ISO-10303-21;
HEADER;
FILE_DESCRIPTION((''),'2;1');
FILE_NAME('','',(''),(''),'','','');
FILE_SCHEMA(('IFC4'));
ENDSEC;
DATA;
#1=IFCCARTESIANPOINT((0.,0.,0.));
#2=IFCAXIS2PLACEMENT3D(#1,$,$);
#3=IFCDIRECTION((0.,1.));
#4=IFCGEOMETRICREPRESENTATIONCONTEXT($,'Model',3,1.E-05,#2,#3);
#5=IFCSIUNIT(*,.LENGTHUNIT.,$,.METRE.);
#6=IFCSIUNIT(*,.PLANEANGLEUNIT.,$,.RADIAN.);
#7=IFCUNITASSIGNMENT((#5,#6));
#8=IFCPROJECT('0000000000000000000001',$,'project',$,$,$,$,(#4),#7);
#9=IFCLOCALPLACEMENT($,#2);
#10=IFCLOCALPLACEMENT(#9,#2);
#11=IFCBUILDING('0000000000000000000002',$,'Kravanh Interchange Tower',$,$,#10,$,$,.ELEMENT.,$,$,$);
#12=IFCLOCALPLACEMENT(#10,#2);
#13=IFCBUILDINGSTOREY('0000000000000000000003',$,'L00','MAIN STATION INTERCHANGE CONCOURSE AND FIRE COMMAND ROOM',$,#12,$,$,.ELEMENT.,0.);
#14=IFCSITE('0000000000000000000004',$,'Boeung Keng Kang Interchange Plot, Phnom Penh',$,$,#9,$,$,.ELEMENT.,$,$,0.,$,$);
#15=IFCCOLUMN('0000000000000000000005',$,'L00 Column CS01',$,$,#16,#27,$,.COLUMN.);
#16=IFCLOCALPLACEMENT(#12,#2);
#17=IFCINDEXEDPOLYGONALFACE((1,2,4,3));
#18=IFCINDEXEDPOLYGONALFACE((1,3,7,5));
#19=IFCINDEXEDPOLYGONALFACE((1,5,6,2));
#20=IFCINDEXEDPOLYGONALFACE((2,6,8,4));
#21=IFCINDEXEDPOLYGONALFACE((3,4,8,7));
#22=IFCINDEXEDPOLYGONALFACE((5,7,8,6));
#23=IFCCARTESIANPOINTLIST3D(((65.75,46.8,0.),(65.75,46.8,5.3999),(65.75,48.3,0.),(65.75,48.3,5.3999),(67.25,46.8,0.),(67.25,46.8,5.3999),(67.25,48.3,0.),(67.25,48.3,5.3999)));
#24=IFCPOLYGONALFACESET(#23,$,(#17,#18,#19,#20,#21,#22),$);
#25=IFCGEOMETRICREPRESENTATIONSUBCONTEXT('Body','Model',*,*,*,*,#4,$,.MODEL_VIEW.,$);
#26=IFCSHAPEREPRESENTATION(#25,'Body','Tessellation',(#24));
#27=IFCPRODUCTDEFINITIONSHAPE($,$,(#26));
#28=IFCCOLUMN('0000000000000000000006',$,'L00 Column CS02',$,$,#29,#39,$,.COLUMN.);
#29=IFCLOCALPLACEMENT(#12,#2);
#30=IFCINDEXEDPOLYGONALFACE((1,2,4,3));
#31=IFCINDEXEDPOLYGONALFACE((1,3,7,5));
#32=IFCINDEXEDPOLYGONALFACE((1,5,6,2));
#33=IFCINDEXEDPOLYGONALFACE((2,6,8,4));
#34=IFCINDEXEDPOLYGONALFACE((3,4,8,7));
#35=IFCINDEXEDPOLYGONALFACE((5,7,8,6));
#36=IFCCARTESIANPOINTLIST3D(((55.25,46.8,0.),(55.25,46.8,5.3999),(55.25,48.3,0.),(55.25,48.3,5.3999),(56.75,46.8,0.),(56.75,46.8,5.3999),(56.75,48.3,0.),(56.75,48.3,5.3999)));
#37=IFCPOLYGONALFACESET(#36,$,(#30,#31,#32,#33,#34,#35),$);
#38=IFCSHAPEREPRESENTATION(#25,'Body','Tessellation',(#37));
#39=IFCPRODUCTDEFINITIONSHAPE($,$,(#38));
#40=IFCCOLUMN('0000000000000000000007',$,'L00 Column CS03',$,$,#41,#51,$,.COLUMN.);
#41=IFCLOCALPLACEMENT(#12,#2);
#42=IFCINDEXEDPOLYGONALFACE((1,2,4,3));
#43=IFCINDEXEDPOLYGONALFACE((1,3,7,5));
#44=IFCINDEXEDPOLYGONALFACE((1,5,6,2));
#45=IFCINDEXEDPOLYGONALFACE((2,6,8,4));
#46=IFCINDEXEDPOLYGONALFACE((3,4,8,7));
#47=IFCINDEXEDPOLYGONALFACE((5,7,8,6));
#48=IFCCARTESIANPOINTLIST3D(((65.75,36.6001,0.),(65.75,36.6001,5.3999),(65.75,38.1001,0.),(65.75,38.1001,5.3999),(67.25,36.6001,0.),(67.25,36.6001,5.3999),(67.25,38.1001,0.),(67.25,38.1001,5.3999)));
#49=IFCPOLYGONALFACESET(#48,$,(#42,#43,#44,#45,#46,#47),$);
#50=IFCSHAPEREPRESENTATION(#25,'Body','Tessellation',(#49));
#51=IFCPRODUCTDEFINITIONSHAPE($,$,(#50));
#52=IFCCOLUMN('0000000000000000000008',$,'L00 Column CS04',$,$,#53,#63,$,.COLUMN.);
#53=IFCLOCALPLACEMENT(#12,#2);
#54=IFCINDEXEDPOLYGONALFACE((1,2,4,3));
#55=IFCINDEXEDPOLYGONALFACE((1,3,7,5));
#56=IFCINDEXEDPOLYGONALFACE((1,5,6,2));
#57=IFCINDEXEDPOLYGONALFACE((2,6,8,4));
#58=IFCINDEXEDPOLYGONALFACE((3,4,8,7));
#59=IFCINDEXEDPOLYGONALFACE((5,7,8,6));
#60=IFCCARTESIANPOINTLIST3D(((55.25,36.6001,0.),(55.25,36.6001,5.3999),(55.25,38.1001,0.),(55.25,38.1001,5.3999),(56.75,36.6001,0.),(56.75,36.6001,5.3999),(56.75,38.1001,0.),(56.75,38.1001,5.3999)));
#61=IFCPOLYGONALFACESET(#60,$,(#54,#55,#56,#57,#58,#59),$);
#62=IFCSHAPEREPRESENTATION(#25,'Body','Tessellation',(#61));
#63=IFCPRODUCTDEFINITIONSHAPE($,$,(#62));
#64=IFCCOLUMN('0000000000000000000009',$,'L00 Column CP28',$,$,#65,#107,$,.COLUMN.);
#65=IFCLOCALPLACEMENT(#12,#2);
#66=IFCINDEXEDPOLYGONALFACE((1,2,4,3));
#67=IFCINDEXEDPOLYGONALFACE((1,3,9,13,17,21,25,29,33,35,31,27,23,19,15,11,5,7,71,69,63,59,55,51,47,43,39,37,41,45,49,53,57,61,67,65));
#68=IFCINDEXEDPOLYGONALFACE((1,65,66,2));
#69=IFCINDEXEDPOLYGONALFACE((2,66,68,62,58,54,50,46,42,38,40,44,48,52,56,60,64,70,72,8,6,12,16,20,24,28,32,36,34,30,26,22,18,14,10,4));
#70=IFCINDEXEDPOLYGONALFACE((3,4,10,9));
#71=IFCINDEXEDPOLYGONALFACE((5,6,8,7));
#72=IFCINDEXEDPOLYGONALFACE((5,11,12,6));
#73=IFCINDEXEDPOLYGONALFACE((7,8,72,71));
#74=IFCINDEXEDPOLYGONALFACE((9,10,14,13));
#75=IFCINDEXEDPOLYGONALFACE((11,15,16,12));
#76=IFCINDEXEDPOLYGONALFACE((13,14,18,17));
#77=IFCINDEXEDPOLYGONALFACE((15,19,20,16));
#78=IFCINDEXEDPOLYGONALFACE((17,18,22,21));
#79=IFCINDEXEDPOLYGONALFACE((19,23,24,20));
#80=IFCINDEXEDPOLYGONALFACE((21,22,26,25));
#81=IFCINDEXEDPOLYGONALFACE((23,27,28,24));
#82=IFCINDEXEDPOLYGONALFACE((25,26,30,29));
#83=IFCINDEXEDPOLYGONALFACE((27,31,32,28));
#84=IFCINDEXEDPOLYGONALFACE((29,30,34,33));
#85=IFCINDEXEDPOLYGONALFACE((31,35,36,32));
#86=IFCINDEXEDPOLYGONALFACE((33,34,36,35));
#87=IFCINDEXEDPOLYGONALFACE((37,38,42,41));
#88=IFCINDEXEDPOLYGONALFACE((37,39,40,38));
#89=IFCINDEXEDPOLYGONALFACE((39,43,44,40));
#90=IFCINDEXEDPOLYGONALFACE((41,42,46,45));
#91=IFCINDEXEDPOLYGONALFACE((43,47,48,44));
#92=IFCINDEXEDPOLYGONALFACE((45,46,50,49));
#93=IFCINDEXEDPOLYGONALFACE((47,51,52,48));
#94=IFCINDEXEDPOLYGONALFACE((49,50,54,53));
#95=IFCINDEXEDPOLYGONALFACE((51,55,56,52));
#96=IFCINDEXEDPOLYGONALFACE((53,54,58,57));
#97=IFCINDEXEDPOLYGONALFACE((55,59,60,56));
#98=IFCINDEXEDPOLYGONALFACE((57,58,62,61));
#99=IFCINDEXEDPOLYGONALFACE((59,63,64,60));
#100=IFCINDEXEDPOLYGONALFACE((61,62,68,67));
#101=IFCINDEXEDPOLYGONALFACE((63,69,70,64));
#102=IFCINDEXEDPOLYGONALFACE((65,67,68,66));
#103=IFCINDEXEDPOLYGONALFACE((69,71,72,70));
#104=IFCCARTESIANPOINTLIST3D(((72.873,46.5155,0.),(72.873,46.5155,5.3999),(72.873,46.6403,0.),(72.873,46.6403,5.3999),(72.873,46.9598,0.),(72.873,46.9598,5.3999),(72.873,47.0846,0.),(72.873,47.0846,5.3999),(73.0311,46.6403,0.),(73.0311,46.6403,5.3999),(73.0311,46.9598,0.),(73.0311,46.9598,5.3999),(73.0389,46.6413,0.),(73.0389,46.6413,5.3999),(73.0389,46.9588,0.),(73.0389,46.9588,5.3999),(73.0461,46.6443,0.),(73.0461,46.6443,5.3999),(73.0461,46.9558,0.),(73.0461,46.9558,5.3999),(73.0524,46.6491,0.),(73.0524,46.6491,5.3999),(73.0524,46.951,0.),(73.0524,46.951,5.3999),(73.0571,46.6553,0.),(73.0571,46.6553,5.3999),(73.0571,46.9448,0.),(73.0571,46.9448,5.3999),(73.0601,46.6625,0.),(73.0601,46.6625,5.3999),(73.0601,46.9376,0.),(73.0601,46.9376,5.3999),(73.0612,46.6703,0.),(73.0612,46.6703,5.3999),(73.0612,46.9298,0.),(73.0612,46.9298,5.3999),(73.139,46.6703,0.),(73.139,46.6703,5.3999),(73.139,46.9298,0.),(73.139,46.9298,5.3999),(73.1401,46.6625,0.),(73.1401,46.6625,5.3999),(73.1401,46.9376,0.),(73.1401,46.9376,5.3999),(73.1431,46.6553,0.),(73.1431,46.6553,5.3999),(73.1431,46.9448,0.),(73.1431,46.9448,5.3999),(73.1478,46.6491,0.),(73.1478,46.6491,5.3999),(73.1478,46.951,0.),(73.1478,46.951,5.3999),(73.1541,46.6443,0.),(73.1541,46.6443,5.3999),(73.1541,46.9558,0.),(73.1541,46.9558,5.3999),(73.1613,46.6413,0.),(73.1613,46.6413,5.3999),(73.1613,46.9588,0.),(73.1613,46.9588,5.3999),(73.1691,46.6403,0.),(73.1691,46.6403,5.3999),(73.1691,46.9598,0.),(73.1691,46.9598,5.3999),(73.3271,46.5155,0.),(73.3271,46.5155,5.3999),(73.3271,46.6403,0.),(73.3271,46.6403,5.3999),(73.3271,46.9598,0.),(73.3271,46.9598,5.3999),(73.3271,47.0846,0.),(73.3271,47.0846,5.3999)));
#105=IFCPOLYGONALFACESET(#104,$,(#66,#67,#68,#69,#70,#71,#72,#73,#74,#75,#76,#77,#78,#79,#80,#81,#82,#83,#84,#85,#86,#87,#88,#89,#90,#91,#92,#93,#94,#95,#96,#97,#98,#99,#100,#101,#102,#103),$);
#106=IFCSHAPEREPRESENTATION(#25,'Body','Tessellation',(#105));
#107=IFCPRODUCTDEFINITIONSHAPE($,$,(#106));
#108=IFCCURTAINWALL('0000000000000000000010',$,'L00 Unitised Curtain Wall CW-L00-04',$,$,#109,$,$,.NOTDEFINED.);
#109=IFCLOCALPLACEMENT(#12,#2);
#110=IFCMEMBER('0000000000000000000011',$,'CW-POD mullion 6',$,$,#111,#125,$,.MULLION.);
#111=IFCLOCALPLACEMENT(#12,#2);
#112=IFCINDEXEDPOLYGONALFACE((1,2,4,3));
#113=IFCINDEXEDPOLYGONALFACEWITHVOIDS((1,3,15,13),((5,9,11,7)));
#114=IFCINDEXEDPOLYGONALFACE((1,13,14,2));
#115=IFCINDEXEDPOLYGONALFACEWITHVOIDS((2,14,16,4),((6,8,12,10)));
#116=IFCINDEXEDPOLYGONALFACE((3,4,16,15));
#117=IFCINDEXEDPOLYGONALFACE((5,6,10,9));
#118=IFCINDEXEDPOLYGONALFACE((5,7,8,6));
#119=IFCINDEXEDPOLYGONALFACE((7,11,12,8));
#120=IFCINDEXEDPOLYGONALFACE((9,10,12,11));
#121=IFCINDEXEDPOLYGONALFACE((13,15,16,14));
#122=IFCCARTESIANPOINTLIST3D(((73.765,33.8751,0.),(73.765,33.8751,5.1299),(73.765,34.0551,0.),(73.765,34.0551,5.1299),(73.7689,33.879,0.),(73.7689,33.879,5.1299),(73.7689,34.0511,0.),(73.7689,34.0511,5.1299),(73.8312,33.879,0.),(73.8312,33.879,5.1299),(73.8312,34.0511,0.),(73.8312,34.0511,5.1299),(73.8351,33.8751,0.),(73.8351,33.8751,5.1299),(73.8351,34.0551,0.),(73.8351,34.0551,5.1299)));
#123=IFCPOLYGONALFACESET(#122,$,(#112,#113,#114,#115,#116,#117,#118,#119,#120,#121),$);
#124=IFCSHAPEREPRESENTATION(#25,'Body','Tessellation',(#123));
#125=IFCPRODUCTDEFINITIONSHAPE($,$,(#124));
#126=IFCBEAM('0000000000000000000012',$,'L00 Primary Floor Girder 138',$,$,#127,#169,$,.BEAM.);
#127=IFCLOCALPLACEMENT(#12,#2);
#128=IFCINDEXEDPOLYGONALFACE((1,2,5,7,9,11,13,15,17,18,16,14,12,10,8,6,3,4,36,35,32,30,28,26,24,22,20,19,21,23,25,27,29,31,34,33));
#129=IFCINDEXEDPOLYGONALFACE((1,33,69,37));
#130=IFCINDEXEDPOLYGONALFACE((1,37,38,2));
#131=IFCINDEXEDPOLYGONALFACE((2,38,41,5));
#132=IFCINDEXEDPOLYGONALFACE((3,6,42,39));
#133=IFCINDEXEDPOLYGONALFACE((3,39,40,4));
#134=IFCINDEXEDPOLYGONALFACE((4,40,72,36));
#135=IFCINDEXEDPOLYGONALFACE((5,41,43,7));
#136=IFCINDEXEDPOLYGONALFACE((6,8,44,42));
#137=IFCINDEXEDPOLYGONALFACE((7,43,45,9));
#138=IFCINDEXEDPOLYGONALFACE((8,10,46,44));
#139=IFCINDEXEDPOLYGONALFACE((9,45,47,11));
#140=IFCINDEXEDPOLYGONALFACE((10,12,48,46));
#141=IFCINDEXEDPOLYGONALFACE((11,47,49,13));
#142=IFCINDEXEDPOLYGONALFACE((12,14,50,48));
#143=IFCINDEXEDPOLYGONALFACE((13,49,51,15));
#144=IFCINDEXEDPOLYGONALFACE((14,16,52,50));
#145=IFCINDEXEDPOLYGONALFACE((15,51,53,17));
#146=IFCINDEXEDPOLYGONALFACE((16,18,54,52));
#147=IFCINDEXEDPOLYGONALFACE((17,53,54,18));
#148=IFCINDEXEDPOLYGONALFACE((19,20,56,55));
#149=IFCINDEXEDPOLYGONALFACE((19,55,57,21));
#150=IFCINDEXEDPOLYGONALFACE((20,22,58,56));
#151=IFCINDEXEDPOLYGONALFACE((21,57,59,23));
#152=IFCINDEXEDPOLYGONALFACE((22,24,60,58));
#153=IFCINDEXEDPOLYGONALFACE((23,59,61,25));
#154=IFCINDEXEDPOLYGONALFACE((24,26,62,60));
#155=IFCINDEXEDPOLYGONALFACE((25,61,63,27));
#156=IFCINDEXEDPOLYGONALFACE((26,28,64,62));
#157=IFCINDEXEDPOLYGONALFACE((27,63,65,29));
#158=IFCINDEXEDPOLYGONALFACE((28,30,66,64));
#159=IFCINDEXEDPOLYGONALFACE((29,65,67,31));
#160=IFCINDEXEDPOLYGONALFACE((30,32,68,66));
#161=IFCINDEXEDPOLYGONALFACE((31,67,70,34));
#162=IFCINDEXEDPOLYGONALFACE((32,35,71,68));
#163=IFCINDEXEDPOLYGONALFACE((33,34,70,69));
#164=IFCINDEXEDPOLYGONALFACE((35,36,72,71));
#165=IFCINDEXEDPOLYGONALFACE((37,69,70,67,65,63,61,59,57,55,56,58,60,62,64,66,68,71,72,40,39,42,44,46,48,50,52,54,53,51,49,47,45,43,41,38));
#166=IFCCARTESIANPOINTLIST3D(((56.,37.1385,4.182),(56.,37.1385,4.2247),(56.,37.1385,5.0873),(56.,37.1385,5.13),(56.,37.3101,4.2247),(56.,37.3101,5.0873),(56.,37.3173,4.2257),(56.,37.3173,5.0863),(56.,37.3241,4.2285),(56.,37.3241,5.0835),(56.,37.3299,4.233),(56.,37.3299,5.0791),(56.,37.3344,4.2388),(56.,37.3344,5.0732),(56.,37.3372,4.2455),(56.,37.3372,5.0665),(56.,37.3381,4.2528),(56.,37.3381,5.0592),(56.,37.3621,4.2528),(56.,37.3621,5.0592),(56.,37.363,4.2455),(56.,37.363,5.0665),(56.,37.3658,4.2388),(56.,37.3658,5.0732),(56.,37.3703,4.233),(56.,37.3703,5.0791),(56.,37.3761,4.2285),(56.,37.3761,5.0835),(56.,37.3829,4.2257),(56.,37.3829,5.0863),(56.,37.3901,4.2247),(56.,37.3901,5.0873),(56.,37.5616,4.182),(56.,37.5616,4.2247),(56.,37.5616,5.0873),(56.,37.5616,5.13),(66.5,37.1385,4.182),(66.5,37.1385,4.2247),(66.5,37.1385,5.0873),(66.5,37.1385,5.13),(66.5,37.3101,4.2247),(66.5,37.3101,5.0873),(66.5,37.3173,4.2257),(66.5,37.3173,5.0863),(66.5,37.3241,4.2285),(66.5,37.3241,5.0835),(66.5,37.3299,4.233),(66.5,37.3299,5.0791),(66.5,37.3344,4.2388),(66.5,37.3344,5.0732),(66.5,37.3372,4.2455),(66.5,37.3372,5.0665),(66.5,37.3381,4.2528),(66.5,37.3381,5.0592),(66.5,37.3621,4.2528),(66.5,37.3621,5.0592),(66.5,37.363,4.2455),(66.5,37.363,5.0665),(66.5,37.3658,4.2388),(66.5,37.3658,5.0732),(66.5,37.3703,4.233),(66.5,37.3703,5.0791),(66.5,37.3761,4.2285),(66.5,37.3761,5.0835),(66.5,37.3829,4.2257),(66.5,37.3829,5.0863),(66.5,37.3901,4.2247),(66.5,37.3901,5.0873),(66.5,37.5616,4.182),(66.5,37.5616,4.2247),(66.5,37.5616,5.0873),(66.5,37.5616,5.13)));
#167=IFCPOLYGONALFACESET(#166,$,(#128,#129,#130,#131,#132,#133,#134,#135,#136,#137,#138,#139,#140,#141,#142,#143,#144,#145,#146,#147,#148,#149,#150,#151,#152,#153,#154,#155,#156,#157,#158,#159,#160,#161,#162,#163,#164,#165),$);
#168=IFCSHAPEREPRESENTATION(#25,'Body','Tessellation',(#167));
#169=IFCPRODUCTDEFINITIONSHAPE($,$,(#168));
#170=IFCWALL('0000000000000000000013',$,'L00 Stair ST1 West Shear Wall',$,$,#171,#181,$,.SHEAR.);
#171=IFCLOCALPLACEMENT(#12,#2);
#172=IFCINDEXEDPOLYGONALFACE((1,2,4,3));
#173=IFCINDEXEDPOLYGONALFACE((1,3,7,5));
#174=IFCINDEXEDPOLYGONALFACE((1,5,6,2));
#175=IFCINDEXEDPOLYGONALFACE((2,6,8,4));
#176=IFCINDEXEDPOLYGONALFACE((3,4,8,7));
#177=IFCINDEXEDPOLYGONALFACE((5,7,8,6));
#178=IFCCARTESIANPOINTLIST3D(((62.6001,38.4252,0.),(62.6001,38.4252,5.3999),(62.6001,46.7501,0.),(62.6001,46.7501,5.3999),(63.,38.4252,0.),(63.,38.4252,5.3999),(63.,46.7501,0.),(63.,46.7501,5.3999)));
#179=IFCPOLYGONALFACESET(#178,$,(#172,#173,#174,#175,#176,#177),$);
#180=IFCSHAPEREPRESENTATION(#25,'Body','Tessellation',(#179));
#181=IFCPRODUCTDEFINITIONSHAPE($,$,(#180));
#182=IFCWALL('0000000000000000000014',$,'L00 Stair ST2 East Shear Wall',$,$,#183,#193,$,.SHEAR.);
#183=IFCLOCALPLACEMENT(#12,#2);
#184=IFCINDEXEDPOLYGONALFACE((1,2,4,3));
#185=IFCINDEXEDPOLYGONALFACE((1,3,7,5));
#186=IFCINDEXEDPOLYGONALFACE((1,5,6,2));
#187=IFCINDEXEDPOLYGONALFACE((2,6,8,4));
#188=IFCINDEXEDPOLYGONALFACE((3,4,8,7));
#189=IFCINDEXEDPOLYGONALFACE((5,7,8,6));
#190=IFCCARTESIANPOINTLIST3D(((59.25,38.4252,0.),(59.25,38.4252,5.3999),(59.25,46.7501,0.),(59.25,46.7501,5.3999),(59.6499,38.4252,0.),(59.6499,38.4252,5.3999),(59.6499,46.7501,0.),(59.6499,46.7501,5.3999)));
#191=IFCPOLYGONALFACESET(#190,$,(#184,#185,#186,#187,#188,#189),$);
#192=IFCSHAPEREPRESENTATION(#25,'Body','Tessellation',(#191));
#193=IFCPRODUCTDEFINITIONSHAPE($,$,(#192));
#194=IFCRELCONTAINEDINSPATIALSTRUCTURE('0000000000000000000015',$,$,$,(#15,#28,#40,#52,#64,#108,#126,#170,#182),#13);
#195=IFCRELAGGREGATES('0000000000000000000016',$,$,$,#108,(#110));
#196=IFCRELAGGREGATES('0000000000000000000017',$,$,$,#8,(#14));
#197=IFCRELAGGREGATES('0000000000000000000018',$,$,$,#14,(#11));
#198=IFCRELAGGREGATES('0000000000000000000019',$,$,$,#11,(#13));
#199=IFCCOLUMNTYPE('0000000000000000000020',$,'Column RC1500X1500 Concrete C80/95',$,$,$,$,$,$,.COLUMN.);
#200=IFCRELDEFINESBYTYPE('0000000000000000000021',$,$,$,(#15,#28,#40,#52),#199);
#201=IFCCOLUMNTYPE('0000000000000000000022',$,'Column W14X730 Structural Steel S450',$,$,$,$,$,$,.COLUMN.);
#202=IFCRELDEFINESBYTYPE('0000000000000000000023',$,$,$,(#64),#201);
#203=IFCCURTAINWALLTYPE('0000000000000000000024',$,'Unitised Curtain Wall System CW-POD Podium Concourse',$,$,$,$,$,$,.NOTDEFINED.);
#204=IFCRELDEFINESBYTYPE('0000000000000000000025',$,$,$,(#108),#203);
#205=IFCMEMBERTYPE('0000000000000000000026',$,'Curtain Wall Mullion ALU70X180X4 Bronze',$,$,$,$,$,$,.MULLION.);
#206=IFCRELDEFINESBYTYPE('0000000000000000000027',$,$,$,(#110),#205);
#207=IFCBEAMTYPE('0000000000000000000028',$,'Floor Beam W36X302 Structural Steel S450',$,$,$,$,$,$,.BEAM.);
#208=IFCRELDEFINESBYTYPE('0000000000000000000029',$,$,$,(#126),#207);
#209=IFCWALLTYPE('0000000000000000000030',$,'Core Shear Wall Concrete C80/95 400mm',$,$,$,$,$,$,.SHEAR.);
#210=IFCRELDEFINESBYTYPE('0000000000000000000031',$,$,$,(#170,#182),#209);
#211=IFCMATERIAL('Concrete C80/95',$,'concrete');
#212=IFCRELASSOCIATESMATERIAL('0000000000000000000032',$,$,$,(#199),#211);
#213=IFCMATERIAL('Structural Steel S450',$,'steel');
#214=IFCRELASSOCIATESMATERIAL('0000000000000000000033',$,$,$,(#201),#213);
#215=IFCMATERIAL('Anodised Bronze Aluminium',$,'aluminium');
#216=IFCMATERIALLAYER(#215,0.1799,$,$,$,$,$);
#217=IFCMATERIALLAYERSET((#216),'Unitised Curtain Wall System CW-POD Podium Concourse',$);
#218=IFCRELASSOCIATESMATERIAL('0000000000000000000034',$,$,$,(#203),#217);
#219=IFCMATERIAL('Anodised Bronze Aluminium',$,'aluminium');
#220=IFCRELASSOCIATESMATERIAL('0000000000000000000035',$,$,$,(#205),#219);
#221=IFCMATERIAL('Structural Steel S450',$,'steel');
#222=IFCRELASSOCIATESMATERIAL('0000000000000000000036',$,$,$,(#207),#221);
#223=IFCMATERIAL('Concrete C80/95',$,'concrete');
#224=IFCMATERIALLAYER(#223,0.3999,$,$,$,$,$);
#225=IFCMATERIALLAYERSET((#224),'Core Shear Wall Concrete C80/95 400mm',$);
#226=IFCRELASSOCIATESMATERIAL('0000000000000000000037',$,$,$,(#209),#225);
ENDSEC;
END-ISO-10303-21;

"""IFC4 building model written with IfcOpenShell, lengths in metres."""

from ifc_helpers import new_model, si_unit, direction, frame, frame_2d, origin, origin_2d, place, context, subcontext, project, spatial, rectangle, hollow_rectangle, i_section, extrude, material, layer, layer_set, material_profile, profile_set, type_object, element, aggregate, save


model = new_model("IFC4")

# Units and contexts
model_context = context("Model", 3, precision=1e-05, world=origin(), true_north=direction((0.0, 1.0)))
body_context = subcontext(model_context, "Body", "Model", "MODEL_VIEW")
ifc_project = project(units=[si_unit("LENGTHUNIT", "METRE"), si_unit("PLANEANGLEUNIT", "RADIAN")], contexts=[model_context])

# Site, building, storey
site_placement = place(None, origin())
site = spatial("IfcSite", under=ifc_project, at=site_placement, Name="Boeung Keng Kang Interchange Plot, Phnom Penh", CompositionType="ELEMENT", RefElevation=0.0)
building_placement = place(site_placement, origin())
building = spatial("IfcBuilding", under=site, at=building_placement, Name="Kravanh Interchange Tower", CompositionType="ELEMENT")
storey_placement = place(building_placement, origin())
storey = spatial("IfcBuildingStorey", under=building, at=storey_placement, Name="L00", Description="MAIN STATION INTERCHANGE CONCOURSE AND FIRE COMMAND ROOM", CompositionType="ELEMENT", Elevation=0.0)

# Columns
ifc_material_1 = material(Name="Concrete C80/95", Category="concrete")
ifc_material_profile_1 = material_profile(ifc_material_1, rectangle(XDim=1.5, YDim=1.5, at=origin_2d()), Name="RC1500X1500")
ifc_profile_set_1 = profile_set([ifc_material_profile_1], Name="Concrete C80/95")
column_type_1 = type_object("IfcColumnType", Name="Column RC1500X1500 Concrete C80/95", PredefinedType="COLUMN", material=ifc_profile_set_1)
for number, where, z_axis, x_axis, name in (
    (1, (66.5, 47.55, 0.0), (0.0, 0.0, 1.0), (1.0, 0.0, 0.0), "L00 Column CS01"),
    (2, (56.0, 47.55, 0.0), (0.0, 0.0, 1.0), (1.0, 0.0, 0.0), "L00 Column CS02"),
    (3, (66.5, 37.3501, 0.0), (0.0, 0.0, 1.0), (1.0, 0.0, 0.0), "L00 Column CS03"),
    (4, (56.0, 37.3501, 0.0), (0.0, 0.0, 1.0), (1.0, 0.0, 0.0), "L00 Column CS04"),
):
    element("IfcColumn", number, at=place(storey_placement, frame(where, z_axis=z_axis, x_axis=x_axis)), inside=storey, type_object=column_type_1, Name=name, PredefinedType="COLUMN", context=body_context, shape_type="SweptSolid", body=[
        extrude(rectangle(XDim=1.5, YDim=1.5, at=origin_2d()), origin(), (0.0, 0.0, 1.0), 5.3999),
    ])
ifc_material_2 = material(Name="Structural Steel S450", Category="steel")
ifc_material_profile_2 = material_profile(ifc_material_2, i_section(OverallWidth=0.4541, OverallDepth=0.5691, WebThickness=0.0779, FlangeThickness=0.1248, FilletRadius=0.03, at=origin_2d()), Name="W14X730")
ifc_profile_set_2 = profile_set([ifc_material_profile_2], Name="Structural Steel S450")
column_type_2 = type_object("IfcColumnType", Name="Column W14X730 Structural Steel S450", PredefinedType="COLUMN", material=ifc_profile_set_2)
column_placement = place(storey_placement, frame((73.1001, 46.8, 0.0), z_axis=(0.0, 0.0, 1.0), x_axis=(1.0, 0.0, 0.0)))
element("IfcColumn", 5, at=column_placement, inside=storey, type_object=column_type_2, Name="L00 Column CP28", PredefinedType="COLUMN", context=body_context, shape_type="SweptSolid", body=[
    extrude(i_section(OverallWidth=0.4541, OverallDepth=0.5691, WebThickness=0.0779, FlangeThickness=0.1248, FilletRadius=0.03, at=origin_2d()), origin(), (0.0, 0.0, 1.0), 5.3999),
])

# Curtain wall, member
ifc_material_3 = material(Name="Anodised Bronze Aluminium", Category="aluminium")
ifc_layer_1 = layer(ifc_material_3, 0.1799)
ifc_layer_set_1 = layer_set([ifc_layer_1], Name="Unitised Curtain Wall System CW-POD Podium Concourse")
curtain_wall_type = type_object("IfcCurtainWallType", Name="Unitised Curtain Wall System CW-POD Podium Concourse", PredefinedType="NOTDEFINED", material=ifc_layer_set_1)
curtain_wall_placement = place(storey_placement, origin())
curtain_wall = element("IfcCurtainWall", 6, at=curtain_wall_placement, inside=storey, type_object=curtain_wall_type, Name="L00 Unitised Curtain Wall CW-L00-04", PredefinedType="NOTDEFINED")
ifc_material_4 = material(Name="Anodised Bronze Aluminium", Category="aluminium")
ifc_material_profile_3 = material_profile(ifc_material_4, hollow_rectangle(XDim=0.0701, YDim=0.1799, WallThickness=0.0039, at=origin_2d()), Name="ALU70X180X4")
ifc_profile_set_3 = profile_set([ifc_material_profile_3], Name="Anodised Bronze Aluminium")
member_type = type_object("IfcMemberType", Name="Curtain Wall Mullion ALU70X180X4 Bronze", PredefinedType="MULLION", material=ifc_profile_set_3)
member_placement = place(storey_placement, frame((73.8, 33.9651, 0.0), z_axis=(0.0, 0.0, 1.0), x_axis=(-1.0, 0.0, 0.0)))
member = element("IfcMember", 7, at=member_placement, type_object=member_type, Name="CW-POD mullion 6", PredefinedType="MULLION", context=body_context, shape_type="SweptSolid", body=[
    extrude(hollow_rectangle(XDim=0.0701, YDim=0.1799, WallThickness=0.0039, at=origin_2d()), origin(), (0.0, 0.0, 1.0), 5.1299),
])
aggregate(curtain_wall, [member])

# Beam
ifc_material_5 = material(Name="Structural Steel S450", Category="steel")
ifc_material_profile_4 = material_profile(ifc_material_5, i_section(OverallWidth=0.4231, OverallDepth=0.948, WebThickness=0.0239, FlangeThickness=0.0427, FilletRadius=0.0281, at=origin_2d()), Name="W36X302")
ifc_profile_set_4 = profile_set([ifc_material_profile_4], Name="Structural Steel S450")
beam_type = type_object("IfcBeamType", Name="Floor Beam W36X302 Structural Steel S450", PredefinedType="BEAM", material=ifc_profile_set_4)
beam_placement = place(storey_placement, frame((66.5, 37.3501, 4.656), z_axis=(-1.0, 0.0, 0.0), x_axis=(0.0, -1.0, 0.0)))
element("IfcBeam", 8, at=beam_placement, inside=storey, type_object=beam_type, Name="L00 Primary Floor Girder 138", PredefinedType="BEAM", context=body_context, shape_type="SweptSolid", body=[
    extrude(i_section(OverallWidth=0.4231, OverallDepth=0.948, WebThickness=0.0239, FlangeThickness=0.0427, FilletRadius=0.0281, at=origin_2d()), origin(), (0.0, 0.0, 1.0), 10.5),
])

# Walls
ifc_material_6 = material(Name="Concrete C80/95", Category="concrete")
ifc_layer_2 = layer(ifc_material_6, 0.3999)
ifc_layer_set_2 = layer_set([ifc_layer_2], Name="Core Shear Wall Concrete C80/95 400mm")
wall_type_1 = type_object("IfcWallType", Name="Core Shear Wall Concrete C80/95 400mm", PredefinedType="SHEAR", material=ifc_layer_set_2)
for number, where, z_axis, x_axis, name in (
    (9, (62.8, 38.425, 0.0), (0.0, 0.0, 1.0), (0.0, 1.0, 0.0), "L00 Stair ST1 West Shear Wall"),
    (10, (59.45, 38.425, 0.0), (0.0, 0.0, 1.0), (0.0, 1.0, 0.0), "L00 Stair ST2 East Shear Wall"),
):
    element("IfcWall", number, at=place(storey_placement, frame(where, z_axis=z_axis, x_axis=x_axis)), inside=storey, type_object=wall_type_1, Name=name, PredefinedType="SHEAR", context=body_context, shape_type="SweptSolid", body=[
        extrude(rectangle(XDim=8.325, YDim=0.3999, at=frame_2d((4.1626, 0.0))), origin(), (0.0, 0.0, 1.0), 5.3999),
    ])

save(model, "model.ifc")
